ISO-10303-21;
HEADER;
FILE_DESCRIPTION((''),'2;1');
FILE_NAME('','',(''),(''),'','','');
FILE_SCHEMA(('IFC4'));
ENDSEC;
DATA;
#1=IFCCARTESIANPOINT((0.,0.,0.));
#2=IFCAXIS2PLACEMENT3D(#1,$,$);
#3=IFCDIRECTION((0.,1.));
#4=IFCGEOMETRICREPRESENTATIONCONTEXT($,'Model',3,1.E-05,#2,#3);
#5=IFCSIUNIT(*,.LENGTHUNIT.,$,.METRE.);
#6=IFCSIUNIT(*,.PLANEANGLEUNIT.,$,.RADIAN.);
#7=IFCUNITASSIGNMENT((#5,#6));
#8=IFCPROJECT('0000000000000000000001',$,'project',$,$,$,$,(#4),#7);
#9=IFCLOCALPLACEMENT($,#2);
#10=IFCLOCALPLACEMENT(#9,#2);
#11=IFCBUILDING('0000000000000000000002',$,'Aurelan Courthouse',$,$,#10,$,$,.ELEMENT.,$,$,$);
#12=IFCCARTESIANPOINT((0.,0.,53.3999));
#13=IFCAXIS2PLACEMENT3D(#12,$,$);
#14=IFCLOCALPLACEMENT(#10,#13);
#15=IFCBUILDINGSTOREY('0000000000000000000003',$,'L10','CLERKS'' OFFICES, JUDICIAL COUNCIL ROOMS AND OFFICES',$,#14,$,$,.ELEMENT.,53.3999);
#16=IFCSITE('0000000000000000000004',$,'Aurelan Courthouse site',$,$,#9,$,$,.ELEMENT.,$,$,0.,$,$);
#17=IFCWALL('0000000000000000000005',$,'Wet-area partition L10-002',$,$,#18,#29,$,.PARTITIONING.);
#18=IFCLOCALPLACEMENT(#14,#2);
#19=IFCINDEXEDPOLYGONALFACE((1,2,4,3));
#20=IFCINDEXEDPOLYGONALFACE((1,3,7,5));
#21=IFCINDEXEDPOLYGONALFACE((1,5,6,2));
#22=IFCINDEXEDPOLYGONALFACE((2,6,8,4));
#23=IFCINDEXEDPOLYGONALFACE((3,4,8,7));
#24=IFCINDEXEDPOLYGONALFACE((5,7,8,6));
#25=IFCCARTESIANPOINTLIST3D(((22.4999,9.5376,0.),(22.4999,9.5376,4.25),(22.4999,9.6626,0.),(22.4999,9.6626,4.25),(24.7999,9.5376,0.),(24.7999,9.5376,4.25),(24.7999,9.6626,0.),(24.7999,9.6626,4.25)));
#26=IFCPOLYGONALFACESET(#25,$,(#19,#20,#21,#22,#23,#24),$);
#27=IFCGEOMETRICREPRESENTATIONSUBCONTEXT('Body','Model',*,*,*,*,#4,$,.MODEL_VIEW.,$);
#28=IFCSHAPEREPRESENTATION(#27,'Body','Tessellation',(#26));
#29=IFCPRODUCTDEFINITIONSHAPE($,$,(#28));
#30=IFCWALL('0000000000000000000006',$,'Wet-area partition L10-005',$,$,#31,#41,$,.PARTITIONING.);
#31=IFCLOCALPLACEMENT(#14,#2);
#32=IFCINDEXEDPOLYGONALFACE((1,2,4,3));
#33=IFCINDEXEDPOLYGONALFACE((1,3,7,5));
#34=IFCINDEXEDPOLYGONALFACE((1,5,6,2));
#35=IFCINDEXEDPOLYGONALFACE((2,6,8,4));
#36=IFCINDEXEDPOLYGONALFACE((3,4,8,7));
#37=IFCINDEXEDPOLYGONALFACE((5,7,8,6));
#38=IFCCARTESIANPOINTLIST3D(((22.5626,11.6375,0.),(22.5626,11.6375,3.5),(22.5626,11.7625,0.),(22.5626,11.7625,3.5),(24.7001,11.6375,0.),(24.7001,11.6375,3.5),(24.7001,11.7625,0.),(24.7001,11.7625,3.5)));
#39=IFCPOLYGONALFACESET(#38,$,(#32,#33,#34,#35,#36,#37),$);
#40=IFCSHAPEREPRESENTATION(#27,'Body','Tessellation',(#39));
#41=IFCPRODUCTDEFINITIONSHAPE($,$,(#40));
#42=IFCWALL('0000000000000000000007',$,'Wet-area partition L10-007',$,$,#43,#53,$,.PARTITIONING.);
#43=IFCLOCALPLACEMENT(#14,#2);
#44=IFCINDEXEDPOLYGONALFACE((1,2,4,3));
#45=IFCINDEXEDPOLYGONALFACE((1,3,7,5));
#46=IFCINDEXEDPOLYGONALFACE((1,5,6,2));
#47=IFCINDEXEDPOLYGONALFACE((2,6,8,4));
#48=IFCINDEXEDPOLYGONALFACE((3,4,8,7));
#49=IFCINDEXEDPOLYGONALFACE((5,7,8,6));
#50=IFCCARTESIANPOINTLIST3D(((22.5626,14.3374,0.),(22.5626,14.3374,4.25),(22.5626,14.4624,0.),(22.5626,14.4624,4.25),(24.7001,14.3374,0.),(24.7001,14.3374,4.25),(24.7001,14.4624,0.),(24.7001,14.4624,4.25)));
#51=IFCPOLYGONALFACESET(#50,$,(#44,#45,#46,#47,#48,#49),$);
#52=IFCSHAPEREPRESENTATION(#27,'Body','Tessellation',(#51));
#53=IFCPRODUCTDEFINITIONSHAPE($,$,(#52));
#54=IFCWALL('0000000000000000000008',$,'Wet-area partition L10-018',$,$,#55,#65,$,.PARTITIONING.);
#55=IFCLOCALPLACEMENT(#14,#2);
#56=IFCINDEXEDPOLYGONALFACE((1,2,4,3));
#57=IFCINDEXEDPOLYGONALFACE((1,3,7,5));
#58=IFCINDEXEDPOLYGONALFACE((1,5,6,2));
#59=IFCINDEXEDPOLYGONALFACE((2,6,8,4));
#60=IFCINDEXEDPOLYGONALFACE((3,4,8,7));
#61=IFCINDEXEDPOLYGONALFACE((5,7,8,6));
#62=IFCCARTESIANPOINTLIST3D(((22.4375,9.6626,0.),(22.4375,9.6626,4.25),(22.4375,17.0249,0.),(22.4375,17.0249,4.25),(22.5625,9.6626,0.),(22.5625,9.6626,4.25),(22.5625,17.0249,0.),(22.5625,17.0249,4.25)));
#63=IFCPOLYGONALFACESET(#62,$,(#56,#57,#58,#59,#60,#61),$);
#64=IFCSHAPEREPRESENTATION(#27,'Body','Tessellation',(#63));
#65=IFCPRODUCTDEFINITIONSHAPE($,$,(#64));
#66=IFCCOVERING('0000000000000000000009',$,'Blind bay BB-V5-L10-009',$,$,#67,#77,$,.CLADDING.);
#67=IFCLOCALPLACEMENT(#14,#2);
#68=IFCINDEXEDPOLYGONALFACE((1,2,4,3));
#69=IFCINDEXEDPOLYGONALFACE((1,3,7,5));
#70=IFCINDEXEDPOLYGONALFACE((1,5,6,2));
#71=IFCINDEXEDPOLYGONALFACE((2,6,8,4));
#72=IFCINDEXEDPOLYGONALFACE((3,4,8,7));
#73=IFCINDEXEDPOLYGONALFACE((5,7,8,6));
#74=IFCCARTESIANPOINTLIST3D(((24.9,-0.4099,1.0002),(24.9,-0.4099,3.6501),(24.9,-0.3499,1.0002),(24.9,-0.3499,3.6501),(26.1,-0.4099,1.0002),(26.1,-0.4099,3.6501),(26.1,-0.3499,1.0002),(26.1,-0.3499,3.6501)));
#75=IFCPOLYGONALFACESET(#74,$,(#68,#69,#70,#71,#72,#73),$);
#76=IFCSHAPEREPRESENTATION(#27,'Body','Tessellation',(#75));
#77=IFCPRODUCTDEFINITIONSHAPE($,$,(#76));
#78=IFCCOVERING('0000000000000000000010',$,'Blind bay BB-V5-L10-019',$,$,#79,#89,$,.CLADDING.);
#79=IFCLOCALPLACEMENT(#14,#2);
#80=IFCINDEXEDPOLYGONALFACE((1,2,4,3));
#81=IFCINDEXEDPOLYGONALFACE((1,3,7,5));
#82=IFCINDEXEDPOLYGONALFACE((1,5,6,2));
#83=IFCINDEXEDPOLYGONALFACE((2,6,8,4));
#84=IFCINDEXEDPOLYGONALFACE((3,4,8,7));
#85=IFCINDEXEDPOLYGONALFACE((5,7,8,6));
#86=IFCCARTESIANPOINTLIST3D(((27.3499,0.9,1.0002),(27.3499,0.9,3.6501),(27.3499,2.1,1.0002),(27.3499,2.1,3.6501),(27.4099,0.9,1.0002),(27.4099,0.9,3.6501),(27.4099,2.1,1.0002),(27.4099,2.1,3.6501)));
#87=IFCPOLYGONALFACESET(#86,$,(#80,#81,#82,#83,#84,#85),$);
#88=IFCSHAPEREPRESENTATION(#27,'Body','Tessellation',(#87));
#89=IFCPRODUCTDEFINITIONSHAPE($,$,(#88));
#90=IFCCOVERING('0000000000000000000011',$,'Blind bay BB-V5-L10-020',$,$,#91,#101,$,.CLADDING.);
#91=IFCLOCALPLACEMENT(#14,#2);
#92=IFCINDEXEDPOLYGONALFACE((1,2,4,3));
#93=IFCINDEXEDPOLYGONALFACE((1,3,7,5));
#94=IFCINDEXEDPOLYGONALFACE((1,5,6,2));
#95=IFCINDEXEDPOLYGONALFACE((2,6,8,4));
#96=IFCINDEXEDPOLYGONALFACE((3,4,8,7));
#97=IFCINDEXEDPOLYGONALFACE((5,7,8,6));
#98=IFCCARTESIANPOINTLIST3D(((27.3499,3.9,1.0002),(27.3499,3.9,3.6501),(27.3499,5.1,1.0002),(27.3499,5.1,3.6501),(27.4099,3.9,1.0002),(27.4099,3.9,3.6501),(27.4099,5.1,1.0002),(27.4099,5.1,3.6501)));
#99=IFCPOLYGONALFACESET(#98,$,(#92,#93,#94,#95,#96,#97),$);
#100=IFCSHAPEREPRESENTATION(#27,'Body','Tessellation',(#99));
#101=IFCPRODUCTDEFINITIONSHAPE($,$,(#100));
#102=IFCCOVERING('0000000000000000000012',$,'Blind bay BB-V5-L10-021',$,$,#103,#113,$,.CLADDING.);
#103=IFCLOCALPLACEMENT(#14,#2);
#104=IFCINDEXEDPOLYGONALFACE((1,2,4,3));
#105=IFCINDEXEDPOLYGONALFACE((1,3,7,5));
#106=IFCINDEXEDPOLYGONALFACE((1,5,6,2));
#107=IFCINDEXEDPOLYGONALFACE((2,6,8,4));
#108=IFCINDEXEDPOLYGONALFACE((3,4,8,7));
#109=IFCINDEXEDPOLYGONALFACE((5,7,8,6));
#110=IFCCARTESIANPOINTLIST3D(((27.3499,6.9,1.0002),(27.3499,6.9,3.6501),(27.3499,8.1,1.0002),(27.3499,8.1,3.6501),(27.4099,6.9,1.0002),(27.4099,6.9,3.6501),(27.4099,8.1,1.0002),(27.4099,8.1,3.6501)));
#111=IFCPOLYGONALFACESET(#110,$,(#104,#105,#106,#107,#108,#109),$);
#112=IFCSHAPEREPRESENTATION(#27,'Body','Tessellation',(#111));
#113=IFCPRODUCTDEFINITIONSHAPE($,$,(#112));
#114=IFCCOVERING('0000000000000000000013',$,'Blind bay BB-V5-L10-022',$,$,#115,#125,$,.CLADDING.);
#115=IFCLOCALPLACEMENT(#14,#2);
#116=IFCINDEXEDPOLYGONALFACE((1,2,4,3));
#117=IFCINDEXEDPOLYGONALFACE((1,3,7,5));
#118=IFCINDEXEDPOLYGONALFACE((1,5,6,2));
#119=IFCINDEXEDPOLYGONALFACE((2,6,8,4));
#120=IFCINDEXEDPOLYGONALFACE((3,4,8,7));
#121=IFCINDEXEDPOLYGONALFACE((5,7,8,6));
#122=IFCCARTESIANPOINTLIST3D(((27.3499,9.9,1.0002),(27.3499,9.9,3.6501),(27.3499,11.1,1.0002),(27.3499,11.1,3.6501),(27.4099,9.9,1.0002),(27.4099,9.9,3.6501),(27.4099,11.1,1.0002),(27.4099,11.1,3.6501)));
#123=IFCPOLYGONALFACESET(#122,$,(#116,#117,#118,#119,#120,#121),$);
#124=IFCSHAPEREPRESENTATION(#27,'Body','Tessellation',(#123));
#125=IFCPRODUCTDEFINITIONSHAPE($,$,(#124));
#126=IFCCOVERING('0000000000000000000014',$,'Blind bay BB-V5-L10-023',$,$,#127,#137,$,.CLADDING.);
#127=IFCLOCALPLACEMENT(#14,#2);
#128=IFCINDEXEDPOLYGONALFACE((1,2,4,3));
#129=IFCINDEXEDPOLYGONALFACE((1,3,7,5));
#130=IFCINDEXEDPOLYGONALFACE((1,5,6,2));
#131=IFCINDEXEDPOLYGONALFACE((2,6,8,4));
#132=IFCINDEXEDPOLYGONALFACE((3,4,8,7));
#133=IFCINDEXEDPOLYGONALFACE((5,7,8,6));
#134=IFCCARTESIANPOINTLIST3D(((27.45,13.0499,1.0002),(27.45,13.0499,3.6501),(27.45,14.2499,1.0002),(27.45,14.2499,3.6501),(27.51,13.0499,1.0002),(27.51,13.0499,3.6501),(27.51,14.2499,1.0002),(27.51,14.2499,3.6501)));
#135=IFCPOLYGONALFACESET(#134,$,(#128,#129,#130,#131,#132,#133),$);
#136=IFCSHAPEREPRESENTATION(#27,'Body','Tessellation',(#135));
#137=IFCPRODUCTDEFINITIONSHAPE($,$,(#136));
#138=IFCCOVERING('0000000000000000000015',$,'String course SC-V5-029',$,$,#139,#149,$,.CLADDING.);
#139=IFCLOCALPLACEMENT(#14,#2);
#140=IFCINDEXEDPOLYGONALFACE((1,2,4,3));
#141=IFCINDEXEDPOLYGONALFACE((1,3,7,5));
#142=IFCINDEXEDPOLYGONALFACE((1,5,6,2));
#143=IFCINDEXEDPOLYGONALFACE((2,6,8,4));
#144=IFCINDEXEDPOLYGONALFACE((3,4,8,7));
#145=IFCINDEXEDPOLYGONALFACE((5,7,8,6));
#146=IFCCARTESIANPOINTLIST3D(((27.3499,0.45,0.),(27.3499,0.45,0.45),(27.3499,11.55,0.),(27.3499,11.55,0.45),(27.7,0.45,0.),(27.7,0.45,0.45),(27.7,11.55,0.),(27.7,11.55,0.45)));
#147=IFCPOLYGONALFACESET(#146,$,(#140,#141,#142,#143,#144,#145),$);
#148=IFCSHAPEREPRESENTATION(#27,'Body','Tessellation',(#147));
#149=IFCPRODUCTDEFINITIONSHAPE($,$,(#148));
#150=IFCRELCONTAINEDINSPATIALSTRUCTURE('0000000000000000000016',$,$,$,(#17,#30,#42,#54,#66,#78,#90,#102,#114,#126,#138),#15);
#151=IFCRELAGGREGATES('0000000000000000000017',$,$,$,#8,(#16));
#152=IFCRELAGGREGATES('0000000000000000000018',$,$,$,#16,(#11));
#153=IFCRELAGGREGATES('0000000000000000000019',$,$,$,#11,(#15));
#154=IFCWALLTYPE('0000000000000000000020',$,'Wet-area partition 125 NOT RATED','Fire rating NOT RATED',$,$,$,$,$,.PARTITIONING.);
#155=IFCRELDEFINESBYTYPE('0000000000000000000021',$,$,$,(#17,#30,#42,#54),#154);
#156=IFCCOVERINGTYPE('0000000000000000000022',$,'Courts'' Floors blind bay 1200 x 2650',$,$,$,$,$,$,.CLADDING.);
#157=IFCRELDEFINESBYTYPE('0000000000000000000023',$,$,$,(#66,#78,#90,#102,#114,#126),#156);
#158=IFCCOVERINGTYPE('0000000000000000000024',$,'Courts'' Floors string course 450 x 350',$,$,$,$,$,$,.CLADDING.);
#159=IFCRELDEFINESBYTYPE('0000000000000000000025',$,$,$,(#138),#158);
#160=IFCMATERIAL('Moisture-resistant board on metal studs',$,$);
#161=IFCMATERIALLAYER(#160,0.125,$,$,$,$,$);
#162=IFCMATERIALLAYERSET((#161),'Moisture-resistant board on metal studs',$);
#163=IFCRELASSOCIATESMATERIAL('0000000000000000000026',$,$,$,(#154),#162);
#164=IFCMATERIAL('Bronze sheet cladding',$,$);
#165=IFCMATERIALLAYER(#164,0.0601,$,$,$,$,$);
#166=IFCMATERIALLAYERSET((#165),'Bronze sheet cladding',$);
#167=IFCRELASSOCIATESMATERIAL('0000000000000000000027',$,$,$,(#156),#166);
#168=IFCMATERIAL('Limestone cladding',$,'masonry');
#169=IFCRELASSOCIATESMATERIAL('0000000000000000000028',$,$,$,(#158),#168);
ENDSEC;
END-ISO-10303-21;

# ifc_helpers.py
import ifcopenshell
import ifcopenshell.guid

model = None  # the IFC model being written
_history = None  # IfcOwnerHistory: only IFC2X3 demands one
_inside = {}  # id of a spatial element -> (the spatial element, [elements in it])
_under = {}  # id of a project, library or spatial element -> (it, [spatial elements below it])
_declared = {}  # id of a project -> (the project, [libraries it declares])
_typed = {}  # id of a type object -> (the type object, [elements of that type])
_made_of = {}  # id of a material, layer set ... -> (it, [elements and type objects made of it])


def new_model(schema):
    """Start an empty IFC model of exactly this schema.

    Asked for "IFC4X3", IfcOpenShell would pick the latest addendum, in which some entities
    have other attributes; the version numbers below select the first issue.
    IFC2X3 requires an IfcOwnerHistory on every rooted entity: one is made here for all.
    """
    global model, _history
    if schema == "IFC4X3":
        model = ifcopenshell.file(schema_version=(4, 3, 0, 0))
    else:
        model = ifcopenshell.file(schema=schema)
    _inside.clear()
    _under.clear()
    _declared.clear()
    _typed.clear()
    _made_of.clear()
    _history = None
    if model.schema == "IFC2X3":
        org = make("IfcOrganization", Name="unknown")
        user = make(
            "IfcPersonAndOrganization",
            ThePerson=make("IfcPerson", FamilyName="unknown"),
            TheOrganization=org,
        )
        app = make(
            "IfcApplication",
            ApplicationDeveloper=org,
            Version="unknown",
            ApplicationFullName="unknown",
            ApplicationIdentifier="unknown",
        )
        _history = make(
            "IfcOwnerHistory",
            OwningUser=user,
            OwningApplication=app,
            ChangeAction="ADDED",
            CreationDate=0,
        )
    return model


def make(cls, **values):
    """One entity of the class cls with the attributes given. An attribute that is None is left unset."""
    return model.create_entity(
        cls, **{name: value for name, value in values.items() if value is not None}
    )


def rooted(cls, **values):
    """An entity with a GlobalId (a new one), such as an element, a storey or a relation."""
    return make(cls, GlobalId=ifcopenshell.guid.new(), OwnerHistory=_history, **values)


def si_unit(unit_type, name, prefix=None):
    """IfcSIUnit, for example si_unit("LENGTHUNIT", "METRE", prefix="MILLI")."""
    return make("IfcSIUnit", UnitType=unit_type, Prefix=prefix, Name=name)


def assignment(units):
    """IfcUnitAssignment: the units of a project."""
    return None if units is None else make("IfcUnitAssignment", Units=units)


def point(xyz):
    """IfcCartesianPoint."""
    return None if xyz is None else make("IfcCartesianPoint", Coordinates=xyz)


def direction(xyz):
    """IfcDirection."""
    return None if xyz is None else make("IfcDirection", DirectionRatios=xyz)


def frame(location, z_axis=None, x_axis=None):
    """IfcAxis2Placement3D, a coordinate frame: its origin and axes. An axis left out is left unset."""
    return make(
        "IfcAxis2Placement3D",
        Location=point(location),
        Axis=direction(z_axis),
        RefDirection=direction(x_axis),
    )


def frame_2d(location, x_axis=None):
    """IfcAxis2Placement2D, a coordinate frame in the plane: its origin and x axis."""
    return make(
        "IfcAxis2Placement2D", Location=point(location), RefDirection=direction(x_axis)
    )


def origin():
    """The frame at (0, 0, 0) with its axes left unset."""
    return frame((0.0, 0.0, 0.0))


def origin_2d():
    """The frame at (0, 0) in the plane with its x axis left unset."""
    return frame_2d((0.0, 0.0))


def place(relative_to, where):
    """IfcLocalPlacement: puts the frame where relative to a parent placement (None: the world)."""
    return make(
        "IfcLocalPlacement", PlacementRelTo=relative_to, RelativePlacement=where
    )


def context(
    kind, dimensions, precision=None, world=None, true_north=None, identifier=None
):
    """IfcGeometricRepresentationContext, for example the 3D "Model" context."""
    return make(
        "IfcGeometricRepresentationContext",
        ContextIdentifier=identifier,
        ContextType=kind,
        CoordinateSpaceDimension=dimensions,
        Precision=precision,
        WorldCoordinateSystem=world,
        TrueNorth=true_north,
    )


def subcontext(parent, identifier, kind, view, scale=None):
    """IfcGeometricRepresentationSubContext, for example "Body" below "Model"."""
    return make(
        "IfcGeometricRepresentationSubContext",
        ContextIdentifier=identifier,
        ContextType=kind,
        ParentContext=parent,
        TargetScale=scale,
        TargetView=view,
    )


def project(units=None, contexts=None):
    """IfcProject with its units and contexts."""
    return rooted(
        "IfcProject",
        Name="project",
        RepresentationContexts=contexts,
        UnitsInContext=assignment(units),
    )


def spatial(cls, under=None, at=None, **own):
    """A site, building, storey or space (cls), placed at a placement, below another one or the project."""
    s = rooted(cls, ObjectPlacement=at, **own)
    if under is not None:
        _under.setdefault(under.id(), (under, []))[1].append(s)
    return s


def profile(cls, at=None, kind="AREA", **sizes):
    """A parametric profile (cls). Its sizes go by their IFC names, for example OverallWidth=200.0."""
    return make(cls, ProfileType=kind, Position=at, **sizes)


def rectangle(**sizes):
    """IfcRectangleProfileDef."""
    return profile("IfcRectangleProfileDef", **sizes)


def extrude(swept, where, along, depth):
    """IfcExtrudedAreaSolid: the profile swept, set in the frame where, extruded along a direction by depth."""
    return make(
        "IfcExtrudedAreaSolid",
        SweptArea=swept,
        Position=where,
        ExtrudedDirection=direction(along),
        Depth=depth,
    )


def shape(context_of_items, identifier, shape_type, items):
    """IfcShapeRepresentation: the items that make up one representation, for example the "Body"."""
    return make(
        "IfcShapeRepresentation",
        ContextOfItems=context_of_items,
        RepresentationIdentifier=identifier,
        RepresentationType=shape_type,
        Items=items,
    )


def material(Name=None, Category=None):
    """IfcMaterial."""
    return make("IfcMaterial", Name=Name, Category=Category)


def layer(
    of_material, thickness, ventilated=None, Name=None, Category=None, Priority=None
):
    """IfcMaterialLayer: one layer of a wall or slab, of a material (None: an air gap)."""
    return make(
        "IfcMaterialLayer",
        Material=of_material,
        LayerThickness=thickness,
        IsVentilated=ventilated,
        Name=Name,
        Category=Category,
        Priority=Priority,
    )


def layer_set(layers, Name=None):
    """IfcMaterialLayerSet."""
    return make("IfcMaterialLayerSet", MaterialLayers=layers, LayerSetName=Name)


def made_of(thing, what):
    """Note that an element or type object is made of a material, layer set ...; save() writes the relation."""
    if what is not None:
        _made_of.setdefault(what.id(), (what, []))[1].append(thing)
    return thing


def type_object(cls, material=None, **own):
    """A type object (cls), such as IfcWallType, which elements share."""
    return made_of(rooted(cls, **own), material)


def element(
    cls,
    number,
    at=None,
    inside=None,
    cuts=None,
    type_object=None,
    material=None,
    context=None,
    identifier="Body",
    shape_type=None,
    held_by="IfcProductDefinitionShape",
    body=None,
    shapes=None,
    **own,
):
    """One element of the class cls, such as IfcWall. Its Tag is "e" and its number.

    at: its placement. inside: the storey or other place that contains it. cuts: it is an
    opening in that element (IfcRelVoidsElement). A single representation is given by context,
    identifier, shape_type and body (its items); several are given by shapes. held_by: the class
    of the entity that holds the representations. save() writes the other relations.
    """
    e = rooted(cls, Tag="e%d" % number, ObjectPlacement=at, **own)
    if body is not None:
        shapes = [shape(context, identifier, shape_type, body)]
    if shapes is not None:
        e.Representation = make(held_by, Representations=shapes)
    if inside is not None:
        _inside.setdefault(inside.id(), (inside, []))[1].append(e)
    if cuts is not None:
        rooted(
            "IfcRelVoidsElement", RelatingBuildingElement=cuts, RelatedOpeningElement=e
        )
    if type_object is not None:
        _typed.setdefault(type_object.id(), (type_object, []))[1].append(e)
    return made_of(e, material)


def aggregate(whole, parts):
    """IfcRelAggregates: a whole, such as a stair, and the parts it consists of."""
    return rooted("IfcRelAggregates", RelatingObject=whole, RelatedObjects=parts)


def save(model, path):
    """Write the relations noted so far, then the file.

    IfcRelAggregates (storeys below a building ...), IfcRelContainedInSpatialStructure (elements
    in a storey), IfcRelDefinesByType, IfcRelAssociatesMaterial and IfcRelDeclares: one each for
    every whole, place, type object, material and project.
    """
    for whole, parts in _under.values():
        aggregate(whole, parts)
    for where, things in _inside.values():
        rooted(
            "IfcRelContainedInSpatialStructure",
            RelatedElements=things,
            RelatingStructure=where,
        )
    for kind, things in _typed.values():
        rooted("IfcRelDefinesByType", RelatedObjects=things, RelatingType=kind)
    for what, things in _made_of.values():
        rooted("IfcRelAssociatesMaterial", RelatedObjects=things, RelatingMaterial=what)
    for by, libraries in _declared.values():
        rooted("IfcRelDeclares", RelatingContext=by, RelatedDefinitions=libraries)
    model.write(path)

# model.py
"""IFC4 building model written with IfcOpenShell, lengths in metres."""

from ifc_helpers import new_model, si_unit, direction, frame, frame_2d, origin, origin_2d, place, context, subcontext, project, spatial, rectangle, extrude, material, layer, layer_set, type_object, element, save


model = new_model("IFC4")

# Units and contexts
model_context = context("Model", 3, precision=1e-05, world=origin(), true_north=direction((0.0, 1.0)))
body_context = subcontext(model_context, "Body", "Model", "MODEL_VIEW")
ifc_project = project(units=[si_unit("LENGTHUNIT", "METRE"), si_unit("PLANEANGLEUNIT", "RADIAN")], contexts=[model_context])

# Site, building, storey
site_placement = place(None, origin())
site = spatial("IfcSite", under=ifc_project, at=site_placement, Name="Aurelan Courthouse site", CompositionType="ELEMENT", RefElevation=0.0)
building_placement = place(site_placement, origin())
building = spatial("IfcBuilding", under=site, at=building_placement, Name="Aurelan Courthouse", CompositionType="ELEMENT")
storey_placement = place(building_placement, frame((0.0, 0.0, 53.3999)))
storey = spatial("IfcBuildingStorey", under=building, at=storey_placement, Name="L10", Description="CLERKS' OFFICES, JUDICIAL COUNCIL ROOMS AND OFFICES", CompositionType="ELEMENT", Elevation=53.3999)

# Shared definitions
ifc_material_1 = material(Name="Limestone cladding", Category="masonry")

# Walls
ifc_material_2 = material(Name="Moisture-resistant board on metal studs")
ifc_layer_1 = layer(ifc_material_2, 0.125)
ifc_layer_set_1 = layer_set([ifc_layer_1], Name="Moisture-resistant board on metal studs")
wall_type_1 = type_object("IfcWallType", Name="Wet-area partition 125 NOT RATED", Description="Fire rating NOT RATED", PredefinedType="PARTITIONING", material=ifc_layer_set_1)
wall_1_placement = place(storey_placement, frame((22.5, 9.6001, 0.0), z_axis=(0.0, 0.0, 1.0), x_axis=(1.0, 0.0, 0.0)))
element("IfcWall", 1, at=wall_1_placement, inside=storey, type_object=wall_type_1, Name="Wet-area partition L10-002", PredefinedType="PARTITIONING", context=body_context, shape_type="SweptSolid", body=[
    extrude(rectangle(XDim=2.3, YDim=0.125, at=frame_2d((1.1499, 0.0))), origin(), (0.0, 0.0, 1.0), 4.25),
])
wall_2_placement = place(storey_placement, frame((22.5625, 11.7, 0.0), z_axis=(0.0, 0.0, 1.0), x_axis=(1.0, 0.0, 0.0)))
element("IfcWall", 2, at=wall_2_placement, inside=storey, type_object=wall_type_1, Name="Wet-area partition L10-005", PredefinedType="PARTITIONING", context=body_context, shape_type="SweptSolid", body=[
    extrude(rectangle(XDim=2.1375, YDim=0.125, at=frame_2d((1.0688, 0.0))), origin(), (0.0, 0.0, 1.0), 3.5),
])
wall_3_placement = place(storey_placement, frame((22.5625, 14.3999, 0.0), z_axis=(0.0, 0.0, 1.0), x_axis=(1.0, 0.0, 0.0)))
element("IfcWall", 3, at=wall_3_placement, inside=storey, type_object=wall_type_1, Name="Wet-area partition L10-007", PredefinedType="PARTITIONING", context=body_context, shape_type="SweptSolid", body=[
    extrude(rectangle(XDim=2.1375, YDim=0.125, at=frame_2d((1.0688, 0.0))), origin(), (0.0, 0.0, 1.0), 4.25),
])
wall_4_placement = place(storey_placement, frame((22.5, 9.6626, 0.0), z_axis=(0.0, 0.0, 1.0), x_axis=(0.0, 1.0, 0.0)))
element("IfcWall", 4, at=wall_4_placement, inside=storey, type_object=wall_type_1, Name="Wet-area partition L10-018", PredefinedType="PARTITIONING", context=body_context, shape_type="SweptSolid", body=[
    extrude(rectangle(XDim=7.3623, YDim=0.125, at=frame_2d((3.6812, 0.0))), origin(), (0.0, 0.0, 1.0), 4.25),
])

# Coverings
ifc_material_3 = material(Name="Bronze sheet cladding")
ifc_layer_2 = layer(ifc_material_3, 0.0601)
ifc_layer_set_2 = layer_set([ifc_layer_2], Name="Bronze sheet cladding")
covering_type_1 = type_object("IfcCoveringType", Name="Courts' Floors blind bay 1200 x 2650", PredefinedType="CLADDING", material=ifc_layer_set_2)
covering_1_placement = place(storey_placement, frame((25.5, -0.3799, 1.0002), z_axis=(0.0, 0.0, 1.0), x_axis=(1.0, 0.0, 0.0)))
element("IfcCovering", 5, at=covering_1_placement, inside=storey, type_object=covering_type_1, Name="Blind bay BB-V5-L10-009", PredefinedType="CLADDING", context=body_context, shape_type="SweptSolid", body=[
    extrude(rectangle(XDim=1.2, YDim=0.0601, at=origin_2d()), origin(), (0.0, 0.0, 1.0), 2.6499),
])
for number, where, z_axis, x_axis, name in (
    (6, (27.3799, 1.5, 1.0002), (0.0, 0.0, 1.0), (1.0, 0.0, 0.0), "Blind bay BB-V5-L10-019"),
    (7, (27.3799, 4.5, 1.0002), (0.0, 0.0, 1.0), (1.0, 0.0, 0.0), "Blind bay BB-V5-L10-020"),
    (8, (27.3799, 7.5, 1.0002), (0.0, 0.0, 1.0), (1.0, 0.0, 0.0), "Blind bay BB-V5-L10-021"),
    (9, (27.3799, 10.5, 1.0002), (0.0, 0.0, 1.0), (1.0, 0.0, 0.0), "Blind bay BB-V5-L10-022"),
    (10, (27.48, 13.6499, 1.0002), (0.0, 0.0, 1.0), (1.0, 0.0, 0.0), "Blind bay BB-V5-L10-023"),
):
    element("IfcCovering", number, at=place(storey_placement, frame(where, z_axis=z_axis, x_axis=x_axis)), inside=storey, type_object=covering_type_1, Name=name, PredefinedType="CLADDING", context=body_context, shape_type="SweptSolid", body=[
        extrude(rectangle(XDim=0.0601, YDim=1.2, at=origin_2d()), origin(), (0.0, 0.0, 1.0), 2.6499),
    ])
covering_type_2 = type_object("IfcCoveringType", Name="Courts' Floors string course 450 x 350", PredefinedType="CLADDING", material=ifc_material_1)
covering_2_placement = place(storey_placement, frame((27.5249, 6.0, 0.0), z_axis=(0.0, 0.0, 1.0), x_axis=(1.0, 0.0, 0.0)))
element("IfcCovering", 11, at=covering_2_placement, inside=storey, type_object=covering_type_2, Name="String course SC-V5-029", PredefinedType="CLADDING", context=body_context, shape_type="SweptSolid", body=[
    extrude(rectangle(XDim=0.3501, YDim=11.1001, at=origin_2d()), origin(), (0.0, 0.0, 1.0), 0.45),
])

save(model, "model.ifc")
